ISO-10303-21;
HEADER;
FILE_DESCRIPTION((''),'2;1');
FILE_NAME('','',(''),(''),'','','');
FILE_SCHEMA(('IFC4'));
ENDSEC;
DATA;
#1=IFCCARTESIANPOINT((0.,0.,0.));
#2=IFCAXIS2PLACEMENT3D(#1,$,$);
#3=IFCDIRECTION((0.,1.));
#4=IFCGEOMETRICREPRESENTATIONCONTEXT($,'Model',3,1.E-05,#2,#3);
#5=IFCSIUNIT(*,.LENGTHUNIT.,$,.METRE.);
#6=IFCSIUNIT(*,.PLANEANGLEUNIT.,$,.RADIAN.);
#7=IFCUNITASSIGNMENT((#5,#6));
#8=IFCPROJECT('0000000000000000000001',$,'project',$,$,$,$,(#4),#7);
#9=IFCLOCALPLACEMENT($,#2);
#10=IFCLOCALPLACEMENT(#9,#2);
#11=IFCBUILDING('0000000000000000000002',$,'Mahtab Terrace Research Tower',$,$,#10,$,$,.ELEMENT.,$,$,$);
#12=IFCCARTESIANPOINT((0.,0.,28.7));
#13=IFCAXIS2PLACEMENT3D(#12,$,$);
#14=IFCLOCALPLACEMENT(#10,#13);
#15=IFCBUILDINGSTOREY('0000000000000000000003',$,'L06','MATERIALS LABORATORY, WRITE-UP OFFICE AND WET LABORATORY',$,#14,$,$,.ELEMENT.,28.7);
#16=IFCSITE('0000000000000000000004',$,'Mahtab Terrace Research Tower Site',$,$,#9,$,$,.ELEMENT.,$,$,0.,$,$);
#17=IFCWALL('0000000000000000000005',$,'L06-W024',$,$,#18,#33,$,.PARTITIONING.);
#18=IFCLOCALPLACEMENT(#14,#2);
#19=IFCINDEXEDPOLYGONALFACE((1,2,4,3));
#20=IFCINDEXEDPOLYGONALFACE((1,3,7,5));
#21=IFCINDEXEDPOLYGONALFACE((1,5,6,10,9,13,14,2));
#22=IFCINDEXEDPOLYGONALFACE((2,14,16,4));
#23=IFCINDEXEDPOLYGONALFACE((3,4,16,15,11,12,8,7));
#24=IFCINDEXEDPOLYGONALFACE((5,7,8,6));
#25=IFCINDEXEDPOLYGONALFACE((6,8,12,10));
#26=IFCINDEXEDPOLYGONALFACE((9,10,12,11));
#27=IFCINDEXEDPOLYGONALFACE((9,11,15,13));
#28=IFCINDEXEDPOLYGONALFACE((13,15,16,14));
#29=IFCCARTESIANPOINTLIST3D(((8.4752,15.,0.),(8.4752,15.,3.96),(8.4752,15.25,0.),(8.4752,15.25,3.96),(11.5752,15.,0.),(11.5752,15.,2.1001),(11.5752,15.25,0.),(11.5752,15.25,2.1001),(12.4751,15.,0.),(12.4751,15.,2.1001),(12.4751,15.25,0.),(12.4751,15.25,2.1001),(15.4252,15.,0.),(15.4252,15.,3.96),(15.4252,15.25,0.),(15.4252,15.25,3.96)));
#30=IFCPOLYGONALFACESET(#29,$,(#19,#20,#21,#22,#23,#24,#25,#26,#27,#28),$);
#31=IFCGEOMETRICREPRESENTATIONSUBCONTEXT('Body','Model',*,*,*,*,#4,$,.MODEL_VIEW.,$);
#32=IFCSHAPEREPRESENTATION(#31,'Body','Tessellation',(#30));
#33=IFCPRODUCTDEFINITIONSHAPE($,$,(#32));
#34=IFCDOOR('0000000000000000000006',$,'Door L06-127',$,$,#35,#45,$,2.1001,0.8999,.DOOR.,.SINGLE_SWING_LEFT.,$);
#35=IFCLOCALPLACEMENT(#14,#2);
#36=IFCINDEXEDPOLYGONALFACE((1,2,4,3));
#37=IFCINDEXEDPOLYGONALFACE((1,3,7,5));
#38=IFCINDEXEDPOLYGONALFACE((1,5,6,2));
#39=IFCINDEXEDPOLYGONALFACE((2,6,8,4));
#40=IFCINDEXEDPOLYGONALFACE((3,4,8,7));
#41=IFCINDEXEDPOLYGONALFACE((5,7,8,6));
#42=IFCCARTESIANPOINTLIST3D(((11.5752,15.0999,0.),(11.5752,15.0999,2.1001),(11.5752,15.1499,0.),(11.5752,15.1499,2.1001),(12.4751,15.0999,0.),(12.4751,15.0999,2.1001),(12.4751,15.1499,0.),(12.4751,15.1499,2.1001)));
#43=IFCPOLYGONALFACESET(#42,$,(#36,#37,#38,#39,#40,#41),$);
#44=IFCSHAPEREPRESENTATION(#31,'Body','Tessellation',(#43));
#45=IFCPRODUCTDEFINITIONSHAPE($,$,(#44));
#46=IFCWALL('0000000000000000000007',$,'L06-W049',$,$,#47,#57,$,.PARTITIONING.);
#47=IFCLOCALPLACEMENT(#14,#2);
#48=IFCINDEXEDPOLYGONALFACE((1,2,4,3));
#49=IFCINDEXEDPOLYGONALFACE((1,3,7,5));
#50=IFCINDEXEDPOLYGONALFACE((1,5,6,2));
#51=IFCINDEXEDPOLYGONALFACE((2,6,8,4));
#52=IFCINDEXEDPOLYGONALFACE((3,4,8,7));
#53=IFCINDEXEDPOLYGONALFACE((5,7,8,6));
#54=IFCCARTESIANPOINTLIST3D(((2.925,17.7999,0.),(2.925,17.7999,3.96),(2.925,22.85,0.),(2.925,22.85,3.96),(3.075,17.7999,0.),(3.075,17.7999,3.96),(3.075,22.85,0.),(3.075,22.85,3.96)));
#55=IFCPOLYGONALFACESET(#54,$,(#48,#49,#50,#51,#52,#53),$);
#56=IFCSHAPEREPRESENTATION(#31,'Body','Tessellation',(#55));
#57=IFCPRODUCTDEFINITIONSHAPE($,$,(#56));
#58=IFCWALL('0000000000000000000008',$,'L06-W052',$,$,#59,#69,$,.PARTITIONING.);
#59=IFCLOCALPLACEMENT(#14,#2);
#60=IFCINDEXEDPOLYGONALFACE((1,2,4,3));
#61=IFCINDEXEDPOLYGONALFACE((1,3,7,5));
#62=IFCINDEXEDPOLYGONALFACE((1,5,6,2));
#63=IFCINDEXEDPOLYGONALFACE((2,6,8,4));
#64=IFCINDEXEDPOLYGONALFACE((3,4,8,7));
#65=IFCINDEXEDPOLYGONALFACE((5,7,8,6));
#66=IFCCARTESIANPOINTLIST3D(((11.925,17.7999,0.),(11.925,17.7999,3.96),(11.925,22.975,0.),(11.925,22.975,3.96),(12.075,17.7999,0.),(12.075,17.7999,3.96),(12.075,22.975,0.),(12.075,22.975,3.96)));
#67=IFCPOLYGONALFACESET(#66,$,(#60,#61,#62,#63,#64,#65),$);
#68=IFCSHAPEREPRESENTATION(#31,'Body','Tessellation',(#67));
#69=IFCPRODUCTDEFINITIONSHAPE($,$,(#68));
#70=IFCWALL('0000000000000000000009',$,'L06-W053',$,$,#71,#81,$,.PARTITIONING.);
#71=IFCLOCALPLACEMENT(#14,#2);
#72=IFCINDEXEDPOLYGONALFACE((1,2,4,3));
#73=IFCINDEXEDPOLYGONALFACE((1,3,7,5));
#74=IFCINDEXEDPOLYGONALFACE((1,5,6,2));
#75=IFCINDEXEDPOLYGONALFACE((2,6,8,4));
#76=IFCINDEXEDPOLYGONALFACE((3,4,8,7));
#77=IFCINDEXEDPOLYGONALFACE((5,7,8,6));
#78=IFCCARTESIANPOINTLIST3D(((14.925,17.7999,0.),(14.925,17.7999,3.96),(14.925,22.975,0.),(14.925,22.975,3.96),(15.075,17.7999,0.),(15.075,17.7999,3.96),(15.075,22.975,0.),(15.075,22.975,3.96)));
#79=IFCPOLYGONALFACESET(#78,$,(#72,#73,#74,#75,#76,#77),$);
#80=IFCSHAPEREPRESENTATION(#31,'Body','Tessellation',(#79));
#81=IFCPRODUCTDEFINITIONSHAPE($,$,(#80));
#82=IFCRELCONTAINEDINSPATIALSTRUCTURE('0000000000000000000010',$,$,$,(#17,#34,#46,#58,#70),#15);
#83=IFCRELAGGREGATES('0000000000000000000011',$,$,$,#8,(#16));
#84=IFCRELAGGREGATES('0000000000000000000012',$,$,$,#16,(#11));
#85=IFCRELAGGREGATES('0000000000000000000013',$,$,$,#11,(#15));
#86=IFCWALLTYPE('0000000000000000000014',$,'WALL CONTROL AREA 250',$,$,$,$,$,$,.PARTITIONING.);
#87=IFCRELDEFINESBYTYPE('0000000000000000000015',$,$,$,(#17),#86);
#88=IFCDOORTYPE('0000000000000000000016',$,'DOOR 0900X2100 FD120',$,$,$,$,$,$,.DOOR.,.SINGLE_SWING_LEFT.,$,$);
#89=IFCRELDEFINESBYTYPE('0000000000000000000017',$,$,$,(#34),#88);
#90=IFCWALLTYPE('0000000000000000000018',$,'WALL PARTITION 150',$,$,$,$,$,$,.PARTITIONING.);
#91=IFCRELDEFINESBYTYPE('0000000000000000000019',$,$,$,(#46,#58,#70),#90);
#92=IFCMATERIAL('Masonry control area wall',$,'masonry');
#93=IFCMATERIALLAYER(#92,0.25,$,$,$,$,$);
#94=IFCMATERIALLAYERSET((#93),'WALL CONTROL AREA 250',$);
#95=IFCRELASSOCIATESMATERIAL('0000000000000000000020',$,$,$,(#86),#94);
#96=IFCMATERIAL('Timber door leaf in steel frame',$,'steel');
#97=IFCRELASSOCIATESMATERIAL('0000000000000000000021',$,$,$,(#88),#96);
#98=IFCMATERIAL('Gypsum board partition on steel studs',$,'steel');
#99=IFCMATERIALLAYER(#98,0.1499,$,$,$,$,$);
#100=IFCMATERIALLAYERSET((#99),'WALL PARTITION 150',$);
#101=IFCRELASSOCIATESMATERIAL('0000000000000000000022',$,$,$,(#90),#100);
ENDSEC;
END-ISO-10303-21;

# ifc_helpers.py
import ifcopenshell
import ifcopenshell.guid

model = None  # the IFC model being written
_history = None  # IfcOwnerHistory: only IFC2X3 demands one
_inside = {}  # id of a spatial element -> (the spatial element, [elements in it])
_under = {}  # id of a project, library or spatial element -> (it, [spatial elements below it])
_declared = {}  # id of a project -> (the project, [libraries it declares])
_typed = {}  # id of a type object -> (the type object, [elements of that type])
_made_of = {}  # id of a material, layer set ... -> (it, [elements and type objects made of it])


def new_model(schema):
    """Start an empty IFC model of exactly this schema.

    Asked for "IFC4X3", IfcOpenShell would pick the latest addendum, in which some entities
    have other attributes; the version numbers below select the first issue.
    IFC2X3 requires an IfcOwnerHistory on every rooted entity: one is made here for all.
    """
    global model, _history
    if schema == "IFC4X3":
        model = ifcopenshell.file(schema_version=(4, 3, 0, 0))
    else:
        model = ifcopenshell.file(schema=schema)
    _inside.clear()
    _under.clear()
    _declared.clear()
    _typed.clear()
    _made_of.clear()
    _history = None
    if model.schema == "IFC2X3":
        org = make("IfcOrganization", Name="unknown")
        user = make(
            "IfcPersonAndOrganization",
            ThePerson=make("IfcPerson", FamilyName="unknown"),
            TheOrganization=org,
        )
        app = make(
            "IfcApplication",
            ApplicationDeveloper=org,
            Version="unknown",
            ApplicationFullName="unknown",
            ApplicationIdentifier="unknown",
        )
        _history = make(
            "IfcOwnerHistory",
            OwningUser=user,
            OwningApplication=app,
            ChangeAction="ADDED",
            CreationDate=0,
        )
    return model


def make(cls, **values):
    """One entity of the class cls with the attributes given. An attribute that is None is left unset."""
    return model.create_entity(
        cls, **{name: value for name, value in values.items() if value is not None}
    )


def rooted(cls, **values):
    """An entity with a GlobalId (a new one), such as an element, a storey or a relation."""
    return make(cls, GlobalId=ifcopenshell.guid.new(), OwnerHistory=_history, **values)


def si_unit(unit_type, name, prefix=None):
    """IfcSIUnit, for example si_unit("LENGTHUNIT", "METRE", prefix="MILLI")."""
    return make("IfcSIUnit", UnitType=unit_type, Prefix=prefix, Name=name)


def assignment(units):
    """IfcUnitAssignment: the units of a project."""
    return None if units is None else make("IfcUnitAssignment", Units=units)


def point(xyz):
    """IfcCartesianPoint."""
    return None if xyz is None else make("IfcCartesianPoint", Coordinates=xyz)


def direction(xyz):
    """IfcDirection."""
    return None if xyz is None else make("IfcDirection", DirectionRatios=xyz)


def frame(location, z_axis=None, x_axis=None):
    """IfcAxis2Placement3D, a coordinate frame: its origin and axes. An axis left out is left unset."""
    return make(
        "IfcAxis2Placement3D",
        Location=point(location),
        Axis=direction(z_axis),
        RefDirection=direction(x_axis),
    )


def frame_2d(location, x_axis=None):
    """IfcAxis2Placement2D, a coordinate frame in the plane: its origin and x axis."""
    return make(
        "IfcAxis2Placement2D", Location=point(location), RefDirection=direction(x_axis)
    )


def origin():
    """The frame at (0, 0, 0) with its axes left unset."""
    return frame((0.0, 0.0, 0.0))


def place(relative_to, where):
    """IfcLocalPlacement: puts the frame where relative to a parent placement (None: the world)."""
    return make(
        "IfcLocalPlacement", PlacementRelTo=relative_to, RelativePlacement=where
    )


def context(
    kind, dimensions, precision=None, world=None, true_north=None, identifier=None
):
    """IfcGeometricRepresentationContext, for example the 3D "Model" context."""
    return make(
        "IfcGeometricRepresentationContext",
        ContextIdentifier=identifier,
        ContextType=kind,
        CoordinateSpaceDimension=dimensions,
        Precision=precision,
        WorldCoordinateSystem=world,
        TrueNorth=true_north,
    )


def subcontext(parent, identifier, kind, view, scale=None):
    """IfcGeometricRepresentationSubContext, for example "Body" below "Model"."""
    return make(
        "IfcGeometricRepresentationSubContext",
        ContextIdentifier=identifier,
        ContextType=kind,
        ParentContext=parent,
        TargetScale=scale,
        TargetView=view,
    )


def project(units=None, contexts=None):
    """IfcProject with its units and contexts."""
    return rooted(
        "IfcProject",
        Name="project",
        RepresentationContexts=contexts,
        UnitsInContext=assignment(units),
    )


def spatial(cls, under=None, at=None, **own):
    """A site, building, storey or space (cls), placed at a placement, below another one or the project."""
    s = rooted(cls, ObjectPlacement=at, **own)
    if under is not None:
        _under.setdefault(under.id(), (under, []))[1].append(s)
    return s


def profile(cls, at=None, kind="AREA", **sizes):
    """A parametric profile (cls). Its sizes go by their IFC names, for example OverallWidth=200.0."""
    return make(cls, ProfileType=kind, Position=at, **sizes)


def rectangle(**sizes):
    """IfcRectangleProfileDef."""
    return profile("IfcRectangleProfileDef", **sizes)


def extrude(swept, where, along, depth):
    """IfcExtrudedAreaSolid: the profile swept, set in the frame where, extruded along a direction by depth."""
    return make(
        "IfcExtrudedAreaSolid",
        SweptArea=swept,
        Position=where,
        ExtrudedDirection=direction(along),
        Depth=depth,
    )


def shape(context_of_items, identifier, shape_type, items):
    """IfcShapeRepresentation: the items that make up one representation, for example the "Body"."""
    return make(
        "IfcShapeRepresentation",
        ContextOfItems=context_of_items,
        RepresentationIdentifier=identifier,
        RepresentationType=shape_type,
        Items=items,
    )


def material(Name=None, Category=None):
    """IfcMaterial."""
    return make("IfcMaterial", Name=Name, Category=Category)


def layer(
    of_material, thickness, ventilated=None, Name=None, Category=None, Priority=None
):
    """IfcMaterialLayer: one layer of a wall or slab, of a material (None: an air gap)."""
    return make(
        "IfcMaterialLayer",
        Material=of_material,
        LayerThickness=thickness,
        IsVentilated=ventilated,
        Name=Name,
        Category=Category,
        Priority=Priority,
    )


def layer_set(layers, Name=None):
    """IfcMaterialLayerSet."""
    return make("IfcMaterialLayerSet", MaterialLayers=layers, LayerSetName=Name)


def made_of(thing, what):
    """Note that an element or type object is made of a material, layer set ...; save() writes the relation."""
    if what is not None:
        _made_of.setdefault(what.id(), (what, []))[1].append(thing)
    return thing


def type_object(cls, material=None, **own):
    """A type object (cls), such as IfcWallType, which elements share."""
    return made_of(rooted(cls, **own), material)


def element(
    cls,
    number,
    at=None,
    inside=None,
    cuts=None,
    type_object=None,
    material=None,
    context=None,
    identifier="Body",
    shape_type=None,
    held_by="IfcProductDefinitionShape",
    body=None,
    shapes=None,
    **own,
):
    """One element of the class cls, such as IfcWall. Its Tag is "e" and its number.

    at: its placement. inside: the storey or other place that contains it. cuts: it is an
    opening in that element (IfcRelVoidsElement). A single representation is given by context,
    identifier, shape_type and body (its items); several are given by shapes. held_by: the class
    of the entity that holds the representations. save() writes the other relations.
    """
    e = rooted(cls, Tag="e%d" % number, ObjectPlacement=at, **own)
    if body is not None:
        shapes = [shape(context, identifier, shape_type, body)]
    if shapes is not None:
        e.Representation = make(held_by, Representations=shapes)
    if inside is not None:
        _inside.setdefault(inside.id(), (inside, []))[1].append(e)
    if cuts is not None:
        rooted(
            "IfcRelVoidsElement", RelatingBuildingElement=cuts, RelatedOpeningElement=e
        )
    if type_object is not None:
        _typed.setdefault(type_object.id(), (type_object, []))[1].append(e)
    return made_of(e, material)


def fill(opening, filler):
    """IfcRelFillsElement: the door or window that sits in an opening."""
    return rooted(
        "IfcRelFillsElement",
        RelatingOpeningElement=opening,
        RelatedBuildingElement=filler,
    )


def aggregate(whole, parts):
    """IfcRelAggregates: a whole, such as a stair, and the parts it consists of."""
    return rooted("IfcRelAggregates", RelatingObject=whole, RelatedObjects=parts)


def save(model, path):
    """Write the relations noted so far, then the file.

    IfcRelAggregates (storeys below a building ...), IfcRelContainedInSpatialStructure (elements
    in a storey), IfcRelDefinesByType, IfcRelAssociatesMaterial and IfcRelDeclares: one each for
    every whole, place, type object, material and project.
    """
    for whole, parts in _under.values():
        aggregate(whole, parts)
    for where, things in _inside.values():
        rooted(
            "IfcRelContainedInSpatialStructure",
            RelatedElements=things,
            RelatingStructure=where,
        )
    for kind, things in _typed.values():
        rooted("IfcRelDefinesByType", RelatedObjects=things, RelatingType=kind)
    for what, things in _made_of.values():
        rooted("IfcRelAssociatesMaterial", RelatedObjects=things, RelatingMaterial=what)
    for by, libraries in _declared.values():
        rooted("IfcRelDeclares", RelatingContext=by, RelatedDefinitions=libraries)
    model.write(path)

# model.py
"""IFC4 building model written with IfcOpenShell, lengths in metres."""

from ifc_helpers import new_model, si_unit, direction, frame, frame_2d, origin, place, context, subcontext, project, spatial, rectangle, extrude, material, layer, layer_set, type_object, element, fill, save


model = new_model("IFC4")

# Units and contexts
model_context = context("Model", 3, precision=1e-05, world=origin(), true_north=direction((0.0, 1.0)))
body_context = subcontext(model_context, "Body", "Model", "MODEL_VIEW")
ifc_project = project(units=[si_unit("LENGTHUNIT", "METRE"), si_unit("PLANEANGLEUNIT", "RADIAN")], contexts=[model_context])

# Site, building, storey
site_placement = place(None, origin())
site = spatial("IfcSite", under=ifc_project, at=site_placement, Name="Mahtab Terrace Research Tower Site", CompositionType="ELEMENT", RefElevation=0.0)
building_placement = place(site_placement, origin())
building = spatial("IfcBuilding", under=site, at=building_placement, Name="Mahtab Terrace Research Tower", CompositionType="ELEMENT")
storey_placement = place(building_placement, frame((0.0, 0.0, 28.7)))
storey = spatial("IfcBuildingStorey", under=building, at=storey_placement, Name="L06", Description="MATERIALS LABORATORY, WRITE-UP OFFICE AND WET LABORATORY", CompositionType="ELEMENT", Elevation=28.7)

# Shared definitions
ifc_material_1 = material(Name="Masonry control area wall", Category="masonry")
ifc_layer_1 = layer(ifc_material_1, 0.25)
ifc_layer_set_1 = layer_set([ifc_layer_1], Name="WALL CONTROL AREA 250")
wall_type_1 = type_object("IfcWallType", Name="WALL CONTROL AREA 250", PredefinedType="PARTITIONING", material=ifc_layer_set_1)

# Wall, opening, door
wall_1_placement = place(storey_placement, frame((8.4751, 15.125, 0.0), z_axis=(0.0, 0.0, 1.0), x_axis=(1.0, 0.0, 0.0)))
wall_1 = element("IfcWall", 1, at=wall_1_placement, inside=storey, type_object=wall_type_1, Name="L06-W024", PredefinedType="PARTITIONING", context=body_context, shape_type="SweptSolid", body=[
    extrude(rectangle(XDim=6.95, YDim=0.25, at=frame_2d((3.4751, 0.0))), origin(), (0.0, 0.0, 1.0), 3.96),
])
opening_1_placement = place(wall_1_placement, frame((3.1001, 0.0, 0.0)))
opening_1 = element("IfcOpeningElement", 2, at=opening_1_placement, cuts=wall_1, PredefinedType="OPENING", context=body_context, shape_type="SweptSolid", body=[
    extrude(rectangle(XDim=0.8999, YDim=2.1001, at=frame_2d((0.45, 1.05))), frame((0.0, 0.135, 0.0), z_axis=(0.0, -1.0, 0.0), x_axis=(1.0, 0.0, 0.0)), (0.0, 0.0, 1.0), 0.27),
])
ifc_material_2 = material(Name="Timber door leaf in steel frame", Category="steel")
door_type_1 = type_object("IfcDoorType", Name="DOOR 0900X2100 FD120", OperationType="SINGLE_SWING_LEFT", PredefinedType="DOOR", material=ifc_material_2)
door_1_placement = place(opening_1_placement, origin())
door_1 = element("IfcDoor", 3, at=door_1_placement, inside=storey, type_object=door_type_1, Name="Door L06-127", OperationType="SINGLE_SWING_LEFT", OverallHeight=2.1001, OverallWidth=0.8999, PredefinedType="DOOR", context=body_context, shape_type="SweptSolid", body=[
    extrude(rectangle(XDim=0.8999, YDim=2.1001, at=frame_2d((0.45, 1.05))), frame((0.0, 0.0249, 0.0), z_axis=(0.0, -1.0, 0.0), x_axis=(1.0, 0.0, 0.0)), (0.0, 0.0, 1.0), 0.05),
])
fill(opening_1, door_1)

# Walls
ifc_material_3 = material(Name="Gypsum board partition on steel studs", Category="steel")
ifc_layer_2 = layer(ifc_material_3, 0.1499)
ifc_layer_set_2 = layer_set([ifc_layer_2], Name="WALL PARTITION 150")
wall_type_2 = type_object("IfcWallType", Name="WALL PARTITION 150", PredefinedType="PARTITIONING", material=ifc_layer_set_2)
wall_2_placement = place(storey_placement, frame((3.0, 17.8, 0.0), z_axis=(0.0, 0.0, 1.0), x_axis=(0.0, 1.0, 0.0)))
element("IfcWall", 4, at=wall_2_placement, inside=storey, type_object=wall_type_2, Name="L06-W049", PredefinedType="PARTITIONING", context=body_context, shape_type="SweptSolid", body=[
    extrude(rectangle(XDim=5.05, YDim=0.1499, at=frame_2d((2.5249, 0.0))), origin(), (0.0, 0.0, 1.0), 3.96),
])
for number, where, z_axis, x_axis, name in (
    (5, (12.0, 17.8, 0.0), (0.0, 0.0, 1.0), (0.0, 1.0, 0.0), "L06-W052"),
    (6, (15.0, 17.8, 0.0), (0.0, 0.0, 1.0), (0.0, 1.0, 0.0), "L06-W053"),
):
    element("IfcWall", number, at=place(storey_placement, frame(where, z_axis=z_axis, x_axis=x_axis)), inside=storey, type_object=wall_type_2, Name=name, PredefinedType="PARTITIONING", context=body_context, shape_type="SweptSolid", body=[
        extrude(rectangle(XDim=5.175, YDim=0.1499, at=frame_2d((2.5874, 0.0))), origin(), (0.0, 0.0, 1.0), 3.96),
    ])

save(model, "model.ifc")
